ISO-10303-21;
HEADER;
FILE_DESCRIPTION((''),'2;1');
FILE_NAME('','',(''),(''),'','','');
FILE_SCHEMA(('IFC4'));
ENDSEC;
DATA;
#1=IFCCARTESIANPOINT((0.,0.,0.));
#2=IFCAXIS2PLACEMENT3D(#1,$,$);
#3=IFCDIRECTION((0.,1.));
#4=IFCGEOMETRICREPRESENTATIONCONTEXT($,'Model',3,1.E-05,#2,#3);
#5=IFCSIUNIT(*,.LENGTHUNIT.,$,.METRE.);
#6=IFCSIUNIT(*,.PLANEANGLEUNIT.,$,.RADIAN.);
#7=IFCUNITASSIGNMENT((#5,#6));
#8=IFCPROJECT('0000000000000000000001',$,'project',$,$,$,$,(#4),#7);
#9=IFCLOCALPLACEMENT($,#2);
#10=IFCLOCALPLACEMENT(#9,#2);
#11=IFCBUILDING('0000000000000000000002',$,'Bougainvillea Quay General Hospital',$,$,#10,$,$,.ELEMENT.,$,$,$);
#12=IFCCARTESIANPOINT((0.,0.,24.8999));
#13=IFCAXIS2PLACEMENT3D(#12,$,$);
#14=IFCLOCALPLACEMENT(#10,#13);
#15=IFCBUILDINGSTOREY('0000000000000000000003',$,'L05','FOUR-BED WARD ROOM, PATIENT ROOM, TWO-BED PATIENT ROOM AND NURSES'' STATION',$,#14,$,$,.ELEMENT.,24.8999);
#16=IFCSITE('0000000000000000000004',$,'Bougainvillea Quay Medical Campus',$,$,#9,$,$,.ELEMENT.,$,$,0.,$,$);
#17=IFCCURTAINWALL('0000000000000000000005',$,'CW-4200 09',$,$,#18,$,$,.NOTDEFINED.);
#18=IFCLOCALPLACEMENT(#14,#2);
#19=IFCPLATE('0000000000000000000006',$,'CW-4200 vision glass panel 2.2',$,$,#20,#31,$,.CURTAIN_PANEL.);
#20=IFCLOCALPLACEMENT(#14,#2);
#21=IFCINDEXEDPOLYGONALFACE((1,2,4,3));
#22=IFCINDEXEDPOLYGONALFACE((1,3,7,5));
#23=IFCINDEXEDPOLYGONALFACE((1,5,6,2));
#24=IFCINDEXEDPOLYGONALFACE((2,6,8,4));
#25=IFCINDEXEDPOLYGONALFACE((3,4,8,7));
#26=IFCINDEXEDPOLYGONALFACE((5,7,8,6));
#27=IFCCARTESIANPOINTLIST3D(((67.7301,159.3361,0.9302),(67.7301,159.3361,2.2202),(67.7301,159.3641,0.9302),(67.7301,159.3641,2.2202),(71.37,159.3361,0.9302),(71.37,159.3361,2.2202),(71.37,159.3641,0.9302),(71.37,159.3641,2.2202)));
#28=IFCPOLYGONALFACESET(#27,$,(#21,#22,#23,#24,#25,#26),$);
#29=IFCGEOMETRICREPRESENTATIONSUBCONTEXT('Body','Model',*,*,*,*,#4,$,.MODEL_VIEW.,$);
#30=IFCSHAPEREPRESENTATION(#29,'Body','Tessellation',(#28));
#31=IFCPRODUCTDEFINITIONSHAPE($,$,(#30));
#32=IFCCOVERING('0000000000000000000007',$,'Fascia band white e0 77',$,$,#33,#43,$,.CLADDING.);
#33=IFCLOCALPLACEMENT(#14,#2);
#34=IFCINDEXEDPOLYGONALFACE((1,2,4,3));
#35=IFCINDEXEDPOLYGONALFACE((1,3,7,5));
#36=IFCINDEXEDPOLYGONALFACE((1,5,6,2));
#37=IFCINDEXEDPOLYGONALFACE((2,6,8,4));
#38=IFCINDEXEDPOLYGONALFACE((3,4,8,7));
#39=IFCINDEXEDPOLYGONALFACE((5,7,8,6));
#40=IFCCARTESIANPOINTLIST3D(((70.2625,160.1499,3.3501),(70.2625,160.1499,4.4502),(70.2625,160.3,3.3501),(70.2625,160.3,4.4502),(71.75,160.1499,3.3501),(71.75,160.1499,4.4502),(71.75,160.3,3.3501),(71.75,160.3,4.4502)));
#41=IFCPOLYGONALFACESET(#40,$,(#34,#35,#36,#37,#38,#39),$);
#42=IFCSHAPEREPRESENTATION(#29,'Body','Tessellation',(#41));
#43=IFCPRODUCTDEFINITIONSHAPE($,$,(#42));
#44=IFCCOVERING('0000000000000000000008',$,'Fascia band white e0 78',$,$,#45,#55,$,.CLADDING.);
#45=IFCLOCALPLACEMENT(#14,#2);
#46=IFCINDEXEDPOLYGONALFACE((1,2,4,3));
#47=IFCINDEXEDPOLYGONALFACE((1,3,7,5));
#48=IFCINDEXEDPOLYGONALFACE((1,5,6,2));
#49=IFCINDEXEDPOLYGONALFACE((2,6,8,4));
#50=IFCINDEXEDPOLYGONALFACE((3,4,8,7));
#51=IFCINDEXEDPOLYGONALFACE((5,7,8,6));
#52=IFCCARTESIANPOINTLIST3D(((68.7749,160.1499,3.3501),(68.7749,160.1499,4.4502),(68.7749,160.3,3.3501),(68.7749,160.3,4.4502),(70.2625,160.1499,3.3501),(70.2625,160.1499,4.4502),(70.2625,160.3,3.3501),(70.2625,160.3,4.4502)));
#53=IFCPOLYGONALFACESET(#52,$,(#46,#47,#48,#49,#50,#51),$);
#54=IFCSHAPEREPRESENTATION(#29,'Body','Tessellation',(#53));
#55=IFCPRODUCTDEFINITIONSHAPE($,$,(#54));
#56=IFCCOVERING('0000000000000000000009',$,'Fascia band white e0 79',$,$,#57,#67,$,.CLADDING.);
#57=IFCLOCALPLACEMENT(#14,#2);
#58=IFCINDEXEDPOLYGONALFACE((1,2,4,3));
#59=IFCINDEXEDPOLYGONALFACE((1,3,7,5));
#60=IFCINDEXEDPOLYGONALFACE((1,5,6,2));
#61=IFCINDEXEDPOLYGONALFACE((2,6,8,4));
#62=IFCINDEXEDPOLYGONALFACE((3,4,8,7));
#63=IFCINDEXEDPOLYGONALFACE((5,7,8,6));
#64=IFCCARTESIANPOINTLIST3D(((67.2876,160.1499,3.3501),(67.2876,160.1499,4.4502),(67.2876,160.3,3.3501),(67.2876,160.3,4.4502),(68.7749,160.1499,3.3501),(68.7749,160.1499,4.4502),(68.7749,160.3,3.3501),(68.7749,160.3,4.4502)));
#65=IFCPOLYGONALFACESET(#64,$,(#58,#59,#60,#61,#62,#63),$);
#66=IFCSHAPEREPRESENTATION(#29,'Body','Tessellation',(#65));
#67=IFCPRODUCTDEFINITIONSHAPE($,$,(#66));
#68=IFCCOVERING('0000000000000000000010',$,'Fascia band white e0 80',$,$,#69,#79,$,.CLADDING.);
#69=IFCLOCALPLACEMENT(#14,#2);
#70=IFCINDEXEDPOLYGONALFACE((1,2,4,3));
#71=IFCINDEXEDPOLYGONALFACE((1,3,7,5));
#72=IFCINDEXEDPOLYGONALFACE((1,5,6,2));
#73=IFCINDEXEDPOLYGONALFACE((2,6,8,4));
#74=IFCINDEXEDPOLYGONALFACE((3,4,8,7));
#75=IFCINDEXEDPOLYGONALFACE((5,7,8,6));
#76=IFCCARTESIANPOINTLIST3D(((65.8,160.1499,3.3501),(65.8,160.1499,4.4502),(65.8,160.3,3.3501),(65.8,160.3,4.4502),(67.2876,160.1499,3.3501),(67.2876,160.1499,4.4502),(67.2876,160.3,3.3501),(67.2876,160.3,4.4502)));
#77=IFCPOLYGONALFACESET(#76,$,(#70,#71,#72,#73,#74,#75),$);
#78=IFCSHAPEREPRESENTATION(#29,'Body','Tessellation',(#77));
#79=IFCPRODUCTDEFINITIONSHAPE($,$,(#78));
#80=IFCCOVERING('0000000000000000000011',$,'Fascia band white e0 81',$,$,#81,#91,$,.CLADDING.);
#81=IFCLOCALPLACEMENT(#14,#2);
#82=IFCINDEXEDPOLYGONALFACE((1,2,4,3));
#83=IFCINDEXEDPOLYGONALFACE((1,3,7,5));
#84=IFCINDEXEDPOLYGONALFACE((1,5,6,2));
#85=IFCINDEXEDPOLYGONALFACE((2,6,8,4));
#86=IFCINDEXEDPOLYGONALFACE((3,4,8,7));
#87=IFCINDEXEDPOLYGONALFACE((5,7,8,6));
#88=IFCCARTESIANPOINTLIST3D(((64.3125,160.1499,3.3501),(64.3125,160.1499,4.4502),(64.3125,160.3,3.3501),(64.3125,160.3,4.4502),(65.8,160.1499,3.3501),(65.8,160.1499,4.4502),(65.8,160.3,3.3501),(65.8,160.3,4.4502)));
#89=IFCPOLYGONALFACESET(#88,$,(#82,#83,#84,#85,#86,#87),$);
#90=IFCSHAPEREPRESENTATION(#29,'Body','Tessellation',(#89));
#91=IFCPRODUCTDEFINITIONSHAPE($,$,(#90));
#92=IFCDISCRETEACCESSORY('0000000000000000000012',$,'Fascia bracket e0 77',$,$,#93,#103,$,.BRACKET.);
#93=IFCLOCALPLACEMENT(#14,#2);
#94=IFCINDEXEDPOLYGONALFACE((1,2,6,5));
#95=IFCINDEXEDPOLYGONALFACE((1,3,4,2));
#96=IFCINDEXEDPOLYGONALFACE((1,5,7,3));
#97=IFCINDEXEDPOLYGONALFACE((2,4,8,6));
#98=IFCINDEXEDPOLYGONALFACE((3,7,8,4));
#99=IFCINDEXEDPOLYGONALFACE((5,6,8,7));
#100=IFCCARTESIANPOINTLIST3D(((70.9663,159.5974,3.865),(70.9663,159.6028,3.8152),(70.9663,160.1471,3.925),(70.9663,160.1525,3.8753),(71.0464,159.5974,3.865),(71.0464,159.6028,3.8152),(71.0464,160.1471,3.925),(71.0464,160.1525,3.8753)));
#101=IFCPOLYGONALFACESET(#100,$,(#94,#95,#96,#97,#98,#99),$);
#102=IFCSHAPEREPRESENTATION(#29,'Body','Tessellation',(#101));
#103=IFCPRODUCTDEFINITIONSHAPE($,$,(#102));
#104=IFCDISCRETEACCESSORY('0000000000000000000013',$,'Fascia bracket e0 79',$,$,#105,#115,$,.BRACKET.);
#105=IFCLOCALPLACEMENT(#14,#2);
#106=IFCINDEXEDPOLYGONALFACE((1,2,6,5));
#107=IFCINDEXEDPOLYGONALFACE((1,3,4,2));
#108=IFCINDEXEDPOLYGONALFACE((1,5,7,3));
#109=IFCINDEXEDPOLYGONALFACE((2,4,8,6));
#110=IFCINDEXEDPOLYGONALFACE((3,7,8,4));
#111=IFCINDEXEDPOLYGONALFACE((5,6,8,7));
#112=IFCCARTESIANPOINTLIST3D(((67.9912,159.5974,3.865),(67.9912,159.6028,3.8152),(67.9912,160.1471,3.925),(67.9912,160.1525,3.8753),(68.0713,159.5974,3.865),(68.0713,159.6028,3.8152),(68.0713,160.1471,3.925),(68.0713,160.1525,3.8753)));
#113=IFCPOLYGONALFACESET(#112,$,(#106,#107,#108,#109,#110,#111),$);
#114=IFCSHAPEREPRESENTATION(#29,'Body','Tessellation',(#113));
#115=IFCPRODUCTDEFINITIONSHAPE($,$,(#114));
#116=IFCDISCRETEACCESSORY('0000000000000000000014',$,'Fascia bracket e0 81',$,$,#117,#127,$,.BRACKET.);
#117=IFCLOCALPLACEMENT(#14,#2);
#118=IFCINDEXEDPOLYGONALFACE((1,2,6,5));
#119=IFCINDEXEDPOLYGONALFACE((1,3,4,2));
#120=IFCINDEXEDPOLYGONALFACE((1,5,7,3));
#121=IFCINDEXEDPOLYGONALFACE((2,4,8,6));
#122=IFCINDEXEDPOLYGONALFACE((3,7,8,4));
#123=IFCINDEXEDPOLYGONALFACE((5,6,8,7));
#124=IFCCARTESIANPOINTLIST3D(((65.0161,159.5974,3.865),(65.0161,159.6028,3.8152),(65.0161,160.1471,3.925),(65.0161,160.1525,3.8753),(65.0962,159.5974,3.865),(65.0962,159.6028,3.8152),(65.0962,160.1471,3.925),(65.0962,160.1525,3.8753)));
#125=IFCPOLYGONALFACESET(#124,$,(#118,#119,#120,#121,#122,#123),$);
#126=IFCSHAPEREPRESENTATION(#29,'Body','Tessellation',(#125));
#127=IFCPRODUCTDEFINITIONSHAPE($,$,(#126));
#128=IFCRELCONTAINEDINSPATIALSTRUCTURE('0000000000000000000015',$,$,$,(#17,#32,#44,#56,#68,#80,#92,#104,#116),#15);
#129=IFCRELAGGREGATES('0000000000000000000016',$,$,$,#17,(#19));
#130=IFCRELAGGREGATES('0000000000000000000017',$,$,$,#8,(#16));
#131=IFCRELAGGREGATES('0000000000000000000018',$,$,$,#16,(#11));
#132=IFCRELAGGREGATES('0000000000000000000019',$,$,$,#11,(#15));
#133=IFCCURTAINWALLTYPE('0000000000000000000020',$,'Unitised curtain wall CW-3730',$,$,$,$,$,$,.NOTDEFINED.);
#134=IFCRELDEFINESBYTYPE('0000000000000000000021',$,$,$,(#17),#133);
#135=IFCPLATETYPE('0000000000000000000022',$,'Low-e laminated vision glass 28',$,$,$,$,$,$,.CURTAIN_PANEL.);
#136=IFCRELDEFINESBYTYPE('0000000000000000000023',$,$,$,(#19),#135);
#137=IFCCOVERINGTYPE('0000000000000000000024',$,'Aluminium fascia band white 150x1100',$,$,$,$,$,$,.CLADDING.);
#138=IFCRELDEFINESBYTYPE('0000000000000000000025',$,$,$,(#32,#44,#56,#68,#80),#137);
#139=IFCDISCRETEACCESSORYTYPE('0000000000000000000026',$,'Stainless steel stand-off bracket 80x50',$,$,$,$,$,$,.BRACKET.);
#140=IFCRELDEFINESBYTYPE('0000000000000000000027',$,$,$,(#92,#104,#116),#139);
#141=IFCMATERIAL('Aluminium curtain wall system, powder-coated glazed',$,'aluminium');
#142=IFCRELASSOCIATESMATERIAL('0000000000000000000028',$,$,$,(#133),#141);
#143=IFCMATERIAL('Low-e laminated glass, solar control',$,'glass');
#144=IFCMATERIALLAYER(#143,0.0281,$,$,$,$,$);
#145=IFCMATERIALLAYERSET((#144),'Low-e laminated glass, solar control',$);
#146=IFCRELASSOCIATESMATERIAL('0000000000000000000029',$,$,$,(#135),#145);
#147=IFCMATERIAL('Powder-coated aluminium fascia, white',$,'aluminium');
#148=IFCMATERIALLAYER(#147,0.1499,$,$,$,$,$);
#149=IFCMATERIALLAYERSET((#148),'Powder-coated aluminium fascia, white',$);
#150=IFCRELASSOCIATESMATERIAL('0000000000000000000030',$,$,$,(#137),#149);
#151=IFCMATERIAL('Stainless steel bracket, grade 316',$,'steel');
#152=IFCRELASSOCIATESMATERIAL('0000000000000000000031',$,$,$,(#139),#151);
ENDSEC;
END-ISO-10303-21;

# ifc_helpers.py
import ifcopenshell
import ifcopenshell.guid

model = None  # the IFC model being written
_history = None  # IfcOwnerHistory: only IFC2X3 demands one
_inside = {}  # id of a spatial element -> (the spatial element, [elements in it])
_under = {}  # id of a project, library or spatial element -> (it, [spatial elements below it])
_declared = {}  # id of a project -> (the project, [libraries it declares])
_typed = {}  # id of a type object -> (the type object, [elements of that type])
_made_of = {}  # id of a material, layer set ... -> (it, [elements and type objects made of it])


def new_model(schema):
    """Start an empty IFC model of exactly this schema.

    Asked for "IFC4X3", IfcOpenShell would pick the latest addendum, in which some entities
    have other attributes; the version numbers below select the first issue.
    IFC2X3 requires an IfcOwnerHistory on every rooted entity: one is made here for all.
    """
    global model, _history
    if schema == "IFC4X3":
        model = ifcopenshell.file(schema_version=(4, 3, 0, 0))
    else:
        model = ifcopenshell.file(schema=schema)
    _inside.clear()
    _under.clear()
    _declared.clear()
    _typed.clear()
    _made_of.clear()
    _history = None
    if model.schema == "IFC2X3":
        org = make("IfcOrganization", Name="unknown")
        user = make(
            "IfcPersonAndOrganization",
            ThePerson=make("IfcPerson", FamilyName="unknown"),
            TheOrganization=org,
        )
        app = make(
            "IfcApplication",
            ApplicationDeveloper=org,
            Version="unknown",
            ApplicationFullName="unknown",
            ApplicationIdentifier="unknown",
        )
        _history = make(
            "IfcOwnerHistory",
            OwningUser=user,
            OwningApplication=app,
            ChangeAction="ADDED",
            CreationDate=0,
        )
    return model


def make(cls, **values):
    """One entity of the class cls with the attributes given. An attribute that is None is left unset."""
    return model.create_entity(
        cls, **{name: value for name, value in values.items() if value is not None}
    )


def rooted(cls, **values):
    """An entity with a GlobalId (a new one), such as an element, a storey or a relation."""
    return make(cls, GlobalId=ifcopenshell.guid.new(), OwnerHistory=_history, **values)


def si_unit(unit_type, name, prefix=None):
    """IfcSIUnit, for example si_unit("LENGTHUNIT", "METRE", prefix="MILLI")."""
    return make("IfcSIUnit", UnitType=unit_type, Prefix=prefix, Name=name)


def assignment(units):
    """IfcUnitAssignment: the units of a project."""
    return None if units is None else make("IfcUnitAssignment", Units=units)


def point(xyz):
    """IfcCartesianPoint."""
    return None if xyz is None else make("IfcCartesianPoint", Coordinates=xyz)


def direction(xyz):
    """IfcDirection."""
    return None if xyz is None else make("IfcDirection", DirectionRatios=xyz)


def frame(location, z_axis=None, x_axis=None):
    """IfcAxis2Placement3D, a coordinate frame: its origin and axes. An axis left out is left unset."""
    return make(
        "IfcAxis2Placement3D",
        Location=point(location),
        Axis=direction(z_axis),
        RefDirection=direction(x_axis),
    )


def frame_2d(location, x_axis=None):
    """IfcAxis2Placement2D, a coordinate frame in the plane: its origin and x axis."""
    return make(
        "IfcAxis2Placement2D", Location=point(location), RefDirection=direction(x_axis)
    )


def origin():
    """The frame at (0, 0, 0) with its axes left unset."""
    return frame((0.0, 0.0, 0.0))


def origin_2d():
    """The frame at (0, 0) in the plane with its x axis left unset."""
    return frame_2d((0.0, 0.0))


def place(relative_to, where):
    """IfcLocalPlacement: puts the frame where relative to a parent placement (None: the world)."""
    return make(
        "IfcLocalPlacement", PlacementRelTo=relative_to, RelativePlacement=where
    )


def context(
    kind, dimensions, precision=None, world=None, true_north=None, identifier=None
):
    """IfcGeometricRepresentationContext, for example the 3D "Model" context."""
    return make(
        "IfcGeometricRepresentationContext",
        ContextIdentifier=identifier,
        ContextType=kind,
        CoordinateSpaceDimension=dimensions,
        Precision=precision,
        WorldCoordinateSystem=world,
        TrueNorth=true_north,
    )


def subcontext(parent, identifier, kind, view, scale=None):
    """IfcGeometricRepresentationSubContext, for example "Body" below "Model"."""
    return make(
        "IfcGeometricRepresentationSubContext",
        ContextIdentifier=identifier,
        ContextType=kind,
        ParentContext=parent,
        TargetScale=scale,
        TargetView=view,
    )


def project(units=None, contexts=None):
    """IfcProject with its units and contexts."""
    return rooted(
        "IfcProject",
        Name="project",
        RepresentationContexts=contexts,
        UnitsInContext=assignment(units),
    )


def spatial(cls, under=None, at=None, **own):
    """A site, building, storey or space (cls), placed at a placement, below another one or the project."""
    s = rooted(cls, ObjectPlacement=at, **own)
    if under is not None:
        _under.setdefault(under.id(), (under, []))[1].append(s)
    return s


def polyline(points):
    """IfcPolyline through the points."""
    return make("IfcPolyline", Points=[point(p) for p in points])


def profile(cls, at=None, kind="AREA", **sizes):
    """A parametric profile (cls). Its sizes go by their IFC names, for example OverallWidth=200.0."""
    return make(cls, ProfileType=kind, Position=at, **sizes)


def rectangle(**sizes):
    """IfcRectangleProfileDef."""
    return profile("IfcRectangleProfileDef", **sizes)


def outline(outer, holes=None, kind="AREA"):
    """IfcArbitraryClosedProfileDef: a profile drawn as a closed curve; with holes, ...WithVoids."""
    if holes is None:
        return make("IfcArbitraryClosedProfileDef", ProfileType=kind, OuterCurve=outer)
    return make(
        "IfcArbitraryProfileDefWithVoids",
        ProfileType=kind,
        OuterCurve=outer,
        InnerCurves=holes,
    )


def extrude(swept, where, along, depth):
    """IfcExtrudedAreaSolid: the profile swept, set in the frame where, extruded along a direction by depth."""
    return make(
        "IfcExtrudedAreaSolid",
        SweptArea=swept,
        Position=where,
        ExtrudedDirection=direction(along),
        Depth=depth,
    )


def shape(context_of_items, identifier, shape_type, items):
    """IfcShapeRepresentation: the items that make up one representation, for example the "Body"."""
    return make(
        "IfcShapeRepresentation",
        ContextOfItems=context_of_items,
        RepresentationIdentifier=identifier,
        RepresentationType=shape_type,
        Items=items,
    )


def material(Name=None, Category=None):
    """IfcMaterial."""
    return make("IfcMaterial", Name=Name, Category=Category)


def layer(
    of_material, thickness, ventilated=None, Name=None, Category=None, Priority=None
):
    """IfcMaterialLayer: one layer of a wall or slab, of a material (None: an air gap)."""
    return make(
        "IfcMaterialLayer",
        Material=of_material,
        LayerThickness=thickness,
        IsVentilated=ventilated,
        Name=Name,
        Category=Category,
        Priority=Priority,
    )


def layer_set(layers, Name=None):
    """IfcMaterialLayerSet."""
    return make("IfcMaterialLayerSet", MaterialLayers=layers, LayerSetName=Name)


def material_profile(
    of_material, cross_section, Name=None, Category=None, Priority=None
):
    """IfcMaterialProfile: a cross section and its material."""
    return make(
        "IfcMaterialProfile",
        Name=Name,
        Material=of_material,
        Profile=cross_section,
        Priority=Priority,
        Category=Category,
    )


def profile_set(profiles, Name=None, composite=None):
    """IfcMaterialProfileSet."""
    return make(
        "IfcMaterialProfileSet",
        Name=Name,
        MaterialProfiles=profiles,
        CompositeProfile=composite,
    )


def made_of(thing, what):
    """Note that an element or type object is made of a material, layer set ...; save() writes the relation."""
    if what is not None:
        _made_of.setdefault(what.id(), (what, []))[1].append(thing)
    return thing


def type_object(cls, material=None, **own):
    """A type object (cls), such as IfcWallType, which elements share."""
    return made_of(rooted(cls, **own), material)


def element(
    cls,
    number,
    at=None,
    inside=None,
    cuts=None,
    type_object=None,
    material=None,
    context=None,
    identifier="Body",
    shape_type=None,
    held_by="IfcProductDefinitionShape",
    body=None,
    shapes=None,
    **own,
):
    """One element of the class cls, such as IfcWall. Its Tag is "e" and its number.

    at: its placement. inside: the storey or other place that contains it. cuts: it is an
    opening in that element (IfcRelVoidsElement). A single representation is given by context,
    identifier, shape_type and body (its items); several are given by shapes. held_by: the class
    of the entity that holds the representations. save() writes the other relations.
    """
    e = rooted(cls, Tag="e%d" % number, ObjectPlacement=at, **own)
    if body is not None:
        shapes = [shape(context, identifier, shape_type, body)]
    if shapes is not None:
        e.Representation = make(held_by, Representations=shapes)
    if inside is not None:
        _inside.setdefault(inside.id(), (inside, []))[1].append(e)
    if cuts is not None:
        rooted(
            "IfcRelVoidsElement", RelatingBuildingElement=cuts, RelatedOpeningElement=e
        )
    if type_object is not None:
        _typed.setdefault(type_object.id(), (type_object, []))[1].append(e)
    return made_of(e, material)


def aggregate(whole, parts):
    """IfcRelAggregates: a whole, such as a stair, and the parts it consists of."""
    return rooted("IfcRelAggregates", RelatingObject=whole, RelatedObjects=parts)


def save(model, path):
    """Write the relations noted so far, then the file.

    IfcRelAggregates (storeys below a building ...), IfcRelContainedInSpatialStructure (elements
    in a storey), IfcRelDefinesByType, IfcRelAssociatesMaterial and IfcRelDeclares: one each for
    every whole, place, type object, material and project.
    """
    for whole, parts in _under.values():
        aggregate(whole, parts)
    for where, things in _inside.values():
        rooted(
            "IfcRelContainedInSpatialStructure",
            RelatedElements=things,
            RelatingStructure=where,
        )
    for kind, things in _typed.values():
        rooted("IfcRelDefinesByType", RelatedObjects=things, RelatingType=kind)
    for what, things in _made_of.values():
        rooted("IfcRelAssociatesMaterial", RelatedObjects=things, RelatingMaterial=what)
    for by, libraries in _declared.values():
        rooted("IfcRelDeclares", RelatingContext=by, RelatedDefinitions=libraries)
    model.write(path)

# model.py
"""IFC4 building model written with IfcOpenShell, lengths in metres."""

from ifc_helpers import new_model, si_unit, direction, frame, origin, origin_2d, place, context, subcontext, project, spatial, polyline, rectangle, outline, extrude, material, layer, layer_set, material_profile, profile_set, type_object, element, aggregate, save


model = new_model("IFC4")

# Units and contexts
model_context = context("Model", 3, precision=1e-05, world=origin(), true_north=direction((0.0, 1.0)))
body_context = subcontext(model_context, "Body", "Model", "MODEL_VIEW")
ifc_project = project(units=[si_unit("LENGTHUNIT", "METRE"), si_unit("PLANEANGLEUNIT", "RADIAN")], contexts=[model_context])

# Site, building, storey
site_placement = place(None, origin())
site = spatial("IfcSite", under=ifc_project, at=site_placement, Name="Bougainvillea Quay Medical Campus", CompositionType="ELEMENT", RefElevation=0.0)
building_placement = place(site_placement, origin())
building = spatial("IfcBuilding", under=site, at=building_placement, Name="Bougainvillea Quay General Hospital", CompositionType="ELEMENT")
storey_placement = place(building_placement, frame((0.0, 0.0, 24.8999)))
storey = spatial("IfcBuildingStorey", under=building, at=storey_placement, Name="L05", Description="FOUR-BED WARD ROOM, PATIENT ROOM, TWO-BED PATIENT ROOM AND NURSES' STATION", CompositionType="ELEMENT", Elevation=24.8999)

# Curtain wall
ifc_material_1 = material(Name="Aluminium curtain wall system, powder-coated glazed", Category="aluminium")
curtain_wall_type = type_object("IfcCurtainWallType", Name="Unitised curtain wall CW-3730", PredefinedType="NOTDEFINED", material=ifc_material_1)
curtain_wall_1_placement = place(storey_placement, origin())
curtain_wall_1 = element("IfcCurtainWall", 1, at=curtain_wall_1_placement, inside=storey, type_object=curtain_wall_type, Name="CW-4200 09", PredefinedType="NOTDEFINED")

# Plate
ifc_material_2 = material(Name="Low-e laminated glass, solar control", Category="glass")
ifc_layer_1 = layer(ifc_material_2, 0.0281)
ifc_layer_set_1 = layer_set([ifc_layer_1], Name="Low-e laminated glass, solar control")
plate_type_1 = type_object("IfcPlateType", Name="Low-e laminated vision glass 28", PredefinedType="CURTAIN_PANEL", material=ifc_layer_set_1)
plate_1_placement = place(storey_placement, frame((69.55, 159.3501, 0.9302), z_axis=(0.0, 0.0, 1.0), x_axis=(-1.0, 0.0, 0.0)))
plate_1 = element("IfcPlate", 2, at=plate_1_placement, type_object=plate_type_1, Name="CW-4200 vision glass panel 2.2", PredefinedType="CURTAIN_PANEL", context=body_context, shape_type="SweptSolid", body=[
    extrude(rectangle(XDim=3.6399, YDim=0.0281, at=origin_2d()), origin(), (0.0, 0.0, 1.0), 1.29),
])
aggregate(curtain_wall_1, [plate_1])

# Coverings
ifc_material_3 = material(Name="Powder-coated aluminium fascia, white", Category="aluminium")
ifc_layer_2 = layer(ifc_material_3, 0.1499)
ifc_layer_set_2 = layer_set([ifc_layer_2], Name="Powder-coated aluminium fascia, white")
covering_type = type_object("IfcCoveringType", Name="Aluminium fascia band white 150x1100", PredefinedType="CLADDING", material=ifc_layer_set_2)
for number, where, z_axis, x_axis, name in (
    (3, (71.75, 160.1499, 3.3501), (0.0, 0.0, 1.0), (-1.0, 0.0, 0.0), "Fascia band white e0 77"),
    (4, (70.2625, 160.1499, 3.3501), (0.0, 0.0, 1.0), (-1.0, 0.0, 0.0), "Fascia band white e0 78"),
):
    element("IfcCovering", number, at=place(storey_placement, frame(where, z_axis=z_axis, x_axis=x_axis)), inside=storey, type_object=covering_type, Name=name, PredefinedType="CLADDING", context=body_context, shape_type="SweptSolid", body=[
        extrude(outline(polyline([(0.0, 0.0), (1.4875, 0.0), (1.4875, -0.1501), (0.0, -0.1501), (0.0, 0.0)])), origin(), (0.0, 0.0, 1.0), 1.1001),
    ])
covering_placement = place(storey_placement, frame((68.7749, 160.1499, 3.3501), z_axis=(0.0, 0.0, 1.0), x_axis=(-1.0, 0.0, 0.0)))
element("IfcCovering", 5, at=covering_placement, inside=storey, type_object=covering_type, Name="Fascia band white e0 79", PredefinedType="CLADDING", context=body_context, shape_type="SweptSolid", body=[
    extrude(outline(polyline([(0.0, 0.0), (1.4873, 0.0), (1.4873, -0.1501), (0.0, -0.1501), (0.0, 0.0)])), origin(), (0.0, 0.0, 1.0), 1.1001),
])
for number, where, z_axis, x_axis, name in (
    (6, (67.2876, 160.1499, 3.3501), (0.0, 0.0, 1.0), (-1.0, 0.0, 0.0), "Fascia band white e0 80"),
    (7, (65.8, 160.1499, 3.3501), (0.0, 0.0, 1.0), (-1.0, 0.0, 0.0), "Fascia band white e0 81"),
):
    element("IfcCovering", number, at=place(storey_placement, frame(where, z_axis=z_axis, x_axis=x_axis)), inside=storey, type_object=covering_type, Name=name, PredefinedType="CLADDING", context=body_context, shape_type="SweptSolid", body=[
        extrude(outline(polyline([(0.0, 0.0), (1.4875, 0.0), (1.4875, -0.1501), (0.0, -0.1501), (0.0, 0.0)])), origin(), (0.0, 0.0, 1.0), 1.1001),
    ])

# Discrete accessories
ifc_material_4 = material(Name="Stainless steel bracket, grade 316", Category="steel")
ifc_material_profile_1 = material_profile(ifc_material_4, rectangle(XDim=0.0801, YDim=0.05, at=origin_2d()))
ifc_profile_set_1 = profile_set([ifc_material_profile_1], Name="Stainless steel bracket, grade 316")
discrete_accessory_type = type_object("IfcDiscreteAccessoryType", Name="Stainless steel stand-off bracket 80x50", PredefinedType="BRACKET", material=ifc_profile_set_1)
for number, where, z_axis, x_axis, name in (
    (8, (71.0063, 159.6001, 3.8401), (0.0, 0.994087, 0.10859), (-1.0, 0.0, 0.0), "Fascia bracket e0 77"),
    (9, (68.0312, 159.6001, 3.8401), (0.0, 0.994087, 0.10859), (-1.0, 0.0, 0.0), "Fascia bracket e0 79"),
    (10, (65.0562, 159.6001, 3.8401), (0.0, 0.994087, 0.10859), (-1.0, 0.0, 0.0), "Fascia bracket e0 81"),
):
    element("IfcDiscreteAccessory", number, at=place(storey_placement, frame(where, z_axis=z_axis, x_axis=x_axis)), inside=storey, type_object=discrete_accessory_type, Name=name, PredefinedType="BRACKET", context=body_context, shape_type="SweptSolid", body=[
        extrude(rectangle(XDim=0.0801, YDim=0.05, at=origin_2d()), origin(), (0.0, 0.0, 1.0), 0.553),
    ])

save(model, "model.ifc")
